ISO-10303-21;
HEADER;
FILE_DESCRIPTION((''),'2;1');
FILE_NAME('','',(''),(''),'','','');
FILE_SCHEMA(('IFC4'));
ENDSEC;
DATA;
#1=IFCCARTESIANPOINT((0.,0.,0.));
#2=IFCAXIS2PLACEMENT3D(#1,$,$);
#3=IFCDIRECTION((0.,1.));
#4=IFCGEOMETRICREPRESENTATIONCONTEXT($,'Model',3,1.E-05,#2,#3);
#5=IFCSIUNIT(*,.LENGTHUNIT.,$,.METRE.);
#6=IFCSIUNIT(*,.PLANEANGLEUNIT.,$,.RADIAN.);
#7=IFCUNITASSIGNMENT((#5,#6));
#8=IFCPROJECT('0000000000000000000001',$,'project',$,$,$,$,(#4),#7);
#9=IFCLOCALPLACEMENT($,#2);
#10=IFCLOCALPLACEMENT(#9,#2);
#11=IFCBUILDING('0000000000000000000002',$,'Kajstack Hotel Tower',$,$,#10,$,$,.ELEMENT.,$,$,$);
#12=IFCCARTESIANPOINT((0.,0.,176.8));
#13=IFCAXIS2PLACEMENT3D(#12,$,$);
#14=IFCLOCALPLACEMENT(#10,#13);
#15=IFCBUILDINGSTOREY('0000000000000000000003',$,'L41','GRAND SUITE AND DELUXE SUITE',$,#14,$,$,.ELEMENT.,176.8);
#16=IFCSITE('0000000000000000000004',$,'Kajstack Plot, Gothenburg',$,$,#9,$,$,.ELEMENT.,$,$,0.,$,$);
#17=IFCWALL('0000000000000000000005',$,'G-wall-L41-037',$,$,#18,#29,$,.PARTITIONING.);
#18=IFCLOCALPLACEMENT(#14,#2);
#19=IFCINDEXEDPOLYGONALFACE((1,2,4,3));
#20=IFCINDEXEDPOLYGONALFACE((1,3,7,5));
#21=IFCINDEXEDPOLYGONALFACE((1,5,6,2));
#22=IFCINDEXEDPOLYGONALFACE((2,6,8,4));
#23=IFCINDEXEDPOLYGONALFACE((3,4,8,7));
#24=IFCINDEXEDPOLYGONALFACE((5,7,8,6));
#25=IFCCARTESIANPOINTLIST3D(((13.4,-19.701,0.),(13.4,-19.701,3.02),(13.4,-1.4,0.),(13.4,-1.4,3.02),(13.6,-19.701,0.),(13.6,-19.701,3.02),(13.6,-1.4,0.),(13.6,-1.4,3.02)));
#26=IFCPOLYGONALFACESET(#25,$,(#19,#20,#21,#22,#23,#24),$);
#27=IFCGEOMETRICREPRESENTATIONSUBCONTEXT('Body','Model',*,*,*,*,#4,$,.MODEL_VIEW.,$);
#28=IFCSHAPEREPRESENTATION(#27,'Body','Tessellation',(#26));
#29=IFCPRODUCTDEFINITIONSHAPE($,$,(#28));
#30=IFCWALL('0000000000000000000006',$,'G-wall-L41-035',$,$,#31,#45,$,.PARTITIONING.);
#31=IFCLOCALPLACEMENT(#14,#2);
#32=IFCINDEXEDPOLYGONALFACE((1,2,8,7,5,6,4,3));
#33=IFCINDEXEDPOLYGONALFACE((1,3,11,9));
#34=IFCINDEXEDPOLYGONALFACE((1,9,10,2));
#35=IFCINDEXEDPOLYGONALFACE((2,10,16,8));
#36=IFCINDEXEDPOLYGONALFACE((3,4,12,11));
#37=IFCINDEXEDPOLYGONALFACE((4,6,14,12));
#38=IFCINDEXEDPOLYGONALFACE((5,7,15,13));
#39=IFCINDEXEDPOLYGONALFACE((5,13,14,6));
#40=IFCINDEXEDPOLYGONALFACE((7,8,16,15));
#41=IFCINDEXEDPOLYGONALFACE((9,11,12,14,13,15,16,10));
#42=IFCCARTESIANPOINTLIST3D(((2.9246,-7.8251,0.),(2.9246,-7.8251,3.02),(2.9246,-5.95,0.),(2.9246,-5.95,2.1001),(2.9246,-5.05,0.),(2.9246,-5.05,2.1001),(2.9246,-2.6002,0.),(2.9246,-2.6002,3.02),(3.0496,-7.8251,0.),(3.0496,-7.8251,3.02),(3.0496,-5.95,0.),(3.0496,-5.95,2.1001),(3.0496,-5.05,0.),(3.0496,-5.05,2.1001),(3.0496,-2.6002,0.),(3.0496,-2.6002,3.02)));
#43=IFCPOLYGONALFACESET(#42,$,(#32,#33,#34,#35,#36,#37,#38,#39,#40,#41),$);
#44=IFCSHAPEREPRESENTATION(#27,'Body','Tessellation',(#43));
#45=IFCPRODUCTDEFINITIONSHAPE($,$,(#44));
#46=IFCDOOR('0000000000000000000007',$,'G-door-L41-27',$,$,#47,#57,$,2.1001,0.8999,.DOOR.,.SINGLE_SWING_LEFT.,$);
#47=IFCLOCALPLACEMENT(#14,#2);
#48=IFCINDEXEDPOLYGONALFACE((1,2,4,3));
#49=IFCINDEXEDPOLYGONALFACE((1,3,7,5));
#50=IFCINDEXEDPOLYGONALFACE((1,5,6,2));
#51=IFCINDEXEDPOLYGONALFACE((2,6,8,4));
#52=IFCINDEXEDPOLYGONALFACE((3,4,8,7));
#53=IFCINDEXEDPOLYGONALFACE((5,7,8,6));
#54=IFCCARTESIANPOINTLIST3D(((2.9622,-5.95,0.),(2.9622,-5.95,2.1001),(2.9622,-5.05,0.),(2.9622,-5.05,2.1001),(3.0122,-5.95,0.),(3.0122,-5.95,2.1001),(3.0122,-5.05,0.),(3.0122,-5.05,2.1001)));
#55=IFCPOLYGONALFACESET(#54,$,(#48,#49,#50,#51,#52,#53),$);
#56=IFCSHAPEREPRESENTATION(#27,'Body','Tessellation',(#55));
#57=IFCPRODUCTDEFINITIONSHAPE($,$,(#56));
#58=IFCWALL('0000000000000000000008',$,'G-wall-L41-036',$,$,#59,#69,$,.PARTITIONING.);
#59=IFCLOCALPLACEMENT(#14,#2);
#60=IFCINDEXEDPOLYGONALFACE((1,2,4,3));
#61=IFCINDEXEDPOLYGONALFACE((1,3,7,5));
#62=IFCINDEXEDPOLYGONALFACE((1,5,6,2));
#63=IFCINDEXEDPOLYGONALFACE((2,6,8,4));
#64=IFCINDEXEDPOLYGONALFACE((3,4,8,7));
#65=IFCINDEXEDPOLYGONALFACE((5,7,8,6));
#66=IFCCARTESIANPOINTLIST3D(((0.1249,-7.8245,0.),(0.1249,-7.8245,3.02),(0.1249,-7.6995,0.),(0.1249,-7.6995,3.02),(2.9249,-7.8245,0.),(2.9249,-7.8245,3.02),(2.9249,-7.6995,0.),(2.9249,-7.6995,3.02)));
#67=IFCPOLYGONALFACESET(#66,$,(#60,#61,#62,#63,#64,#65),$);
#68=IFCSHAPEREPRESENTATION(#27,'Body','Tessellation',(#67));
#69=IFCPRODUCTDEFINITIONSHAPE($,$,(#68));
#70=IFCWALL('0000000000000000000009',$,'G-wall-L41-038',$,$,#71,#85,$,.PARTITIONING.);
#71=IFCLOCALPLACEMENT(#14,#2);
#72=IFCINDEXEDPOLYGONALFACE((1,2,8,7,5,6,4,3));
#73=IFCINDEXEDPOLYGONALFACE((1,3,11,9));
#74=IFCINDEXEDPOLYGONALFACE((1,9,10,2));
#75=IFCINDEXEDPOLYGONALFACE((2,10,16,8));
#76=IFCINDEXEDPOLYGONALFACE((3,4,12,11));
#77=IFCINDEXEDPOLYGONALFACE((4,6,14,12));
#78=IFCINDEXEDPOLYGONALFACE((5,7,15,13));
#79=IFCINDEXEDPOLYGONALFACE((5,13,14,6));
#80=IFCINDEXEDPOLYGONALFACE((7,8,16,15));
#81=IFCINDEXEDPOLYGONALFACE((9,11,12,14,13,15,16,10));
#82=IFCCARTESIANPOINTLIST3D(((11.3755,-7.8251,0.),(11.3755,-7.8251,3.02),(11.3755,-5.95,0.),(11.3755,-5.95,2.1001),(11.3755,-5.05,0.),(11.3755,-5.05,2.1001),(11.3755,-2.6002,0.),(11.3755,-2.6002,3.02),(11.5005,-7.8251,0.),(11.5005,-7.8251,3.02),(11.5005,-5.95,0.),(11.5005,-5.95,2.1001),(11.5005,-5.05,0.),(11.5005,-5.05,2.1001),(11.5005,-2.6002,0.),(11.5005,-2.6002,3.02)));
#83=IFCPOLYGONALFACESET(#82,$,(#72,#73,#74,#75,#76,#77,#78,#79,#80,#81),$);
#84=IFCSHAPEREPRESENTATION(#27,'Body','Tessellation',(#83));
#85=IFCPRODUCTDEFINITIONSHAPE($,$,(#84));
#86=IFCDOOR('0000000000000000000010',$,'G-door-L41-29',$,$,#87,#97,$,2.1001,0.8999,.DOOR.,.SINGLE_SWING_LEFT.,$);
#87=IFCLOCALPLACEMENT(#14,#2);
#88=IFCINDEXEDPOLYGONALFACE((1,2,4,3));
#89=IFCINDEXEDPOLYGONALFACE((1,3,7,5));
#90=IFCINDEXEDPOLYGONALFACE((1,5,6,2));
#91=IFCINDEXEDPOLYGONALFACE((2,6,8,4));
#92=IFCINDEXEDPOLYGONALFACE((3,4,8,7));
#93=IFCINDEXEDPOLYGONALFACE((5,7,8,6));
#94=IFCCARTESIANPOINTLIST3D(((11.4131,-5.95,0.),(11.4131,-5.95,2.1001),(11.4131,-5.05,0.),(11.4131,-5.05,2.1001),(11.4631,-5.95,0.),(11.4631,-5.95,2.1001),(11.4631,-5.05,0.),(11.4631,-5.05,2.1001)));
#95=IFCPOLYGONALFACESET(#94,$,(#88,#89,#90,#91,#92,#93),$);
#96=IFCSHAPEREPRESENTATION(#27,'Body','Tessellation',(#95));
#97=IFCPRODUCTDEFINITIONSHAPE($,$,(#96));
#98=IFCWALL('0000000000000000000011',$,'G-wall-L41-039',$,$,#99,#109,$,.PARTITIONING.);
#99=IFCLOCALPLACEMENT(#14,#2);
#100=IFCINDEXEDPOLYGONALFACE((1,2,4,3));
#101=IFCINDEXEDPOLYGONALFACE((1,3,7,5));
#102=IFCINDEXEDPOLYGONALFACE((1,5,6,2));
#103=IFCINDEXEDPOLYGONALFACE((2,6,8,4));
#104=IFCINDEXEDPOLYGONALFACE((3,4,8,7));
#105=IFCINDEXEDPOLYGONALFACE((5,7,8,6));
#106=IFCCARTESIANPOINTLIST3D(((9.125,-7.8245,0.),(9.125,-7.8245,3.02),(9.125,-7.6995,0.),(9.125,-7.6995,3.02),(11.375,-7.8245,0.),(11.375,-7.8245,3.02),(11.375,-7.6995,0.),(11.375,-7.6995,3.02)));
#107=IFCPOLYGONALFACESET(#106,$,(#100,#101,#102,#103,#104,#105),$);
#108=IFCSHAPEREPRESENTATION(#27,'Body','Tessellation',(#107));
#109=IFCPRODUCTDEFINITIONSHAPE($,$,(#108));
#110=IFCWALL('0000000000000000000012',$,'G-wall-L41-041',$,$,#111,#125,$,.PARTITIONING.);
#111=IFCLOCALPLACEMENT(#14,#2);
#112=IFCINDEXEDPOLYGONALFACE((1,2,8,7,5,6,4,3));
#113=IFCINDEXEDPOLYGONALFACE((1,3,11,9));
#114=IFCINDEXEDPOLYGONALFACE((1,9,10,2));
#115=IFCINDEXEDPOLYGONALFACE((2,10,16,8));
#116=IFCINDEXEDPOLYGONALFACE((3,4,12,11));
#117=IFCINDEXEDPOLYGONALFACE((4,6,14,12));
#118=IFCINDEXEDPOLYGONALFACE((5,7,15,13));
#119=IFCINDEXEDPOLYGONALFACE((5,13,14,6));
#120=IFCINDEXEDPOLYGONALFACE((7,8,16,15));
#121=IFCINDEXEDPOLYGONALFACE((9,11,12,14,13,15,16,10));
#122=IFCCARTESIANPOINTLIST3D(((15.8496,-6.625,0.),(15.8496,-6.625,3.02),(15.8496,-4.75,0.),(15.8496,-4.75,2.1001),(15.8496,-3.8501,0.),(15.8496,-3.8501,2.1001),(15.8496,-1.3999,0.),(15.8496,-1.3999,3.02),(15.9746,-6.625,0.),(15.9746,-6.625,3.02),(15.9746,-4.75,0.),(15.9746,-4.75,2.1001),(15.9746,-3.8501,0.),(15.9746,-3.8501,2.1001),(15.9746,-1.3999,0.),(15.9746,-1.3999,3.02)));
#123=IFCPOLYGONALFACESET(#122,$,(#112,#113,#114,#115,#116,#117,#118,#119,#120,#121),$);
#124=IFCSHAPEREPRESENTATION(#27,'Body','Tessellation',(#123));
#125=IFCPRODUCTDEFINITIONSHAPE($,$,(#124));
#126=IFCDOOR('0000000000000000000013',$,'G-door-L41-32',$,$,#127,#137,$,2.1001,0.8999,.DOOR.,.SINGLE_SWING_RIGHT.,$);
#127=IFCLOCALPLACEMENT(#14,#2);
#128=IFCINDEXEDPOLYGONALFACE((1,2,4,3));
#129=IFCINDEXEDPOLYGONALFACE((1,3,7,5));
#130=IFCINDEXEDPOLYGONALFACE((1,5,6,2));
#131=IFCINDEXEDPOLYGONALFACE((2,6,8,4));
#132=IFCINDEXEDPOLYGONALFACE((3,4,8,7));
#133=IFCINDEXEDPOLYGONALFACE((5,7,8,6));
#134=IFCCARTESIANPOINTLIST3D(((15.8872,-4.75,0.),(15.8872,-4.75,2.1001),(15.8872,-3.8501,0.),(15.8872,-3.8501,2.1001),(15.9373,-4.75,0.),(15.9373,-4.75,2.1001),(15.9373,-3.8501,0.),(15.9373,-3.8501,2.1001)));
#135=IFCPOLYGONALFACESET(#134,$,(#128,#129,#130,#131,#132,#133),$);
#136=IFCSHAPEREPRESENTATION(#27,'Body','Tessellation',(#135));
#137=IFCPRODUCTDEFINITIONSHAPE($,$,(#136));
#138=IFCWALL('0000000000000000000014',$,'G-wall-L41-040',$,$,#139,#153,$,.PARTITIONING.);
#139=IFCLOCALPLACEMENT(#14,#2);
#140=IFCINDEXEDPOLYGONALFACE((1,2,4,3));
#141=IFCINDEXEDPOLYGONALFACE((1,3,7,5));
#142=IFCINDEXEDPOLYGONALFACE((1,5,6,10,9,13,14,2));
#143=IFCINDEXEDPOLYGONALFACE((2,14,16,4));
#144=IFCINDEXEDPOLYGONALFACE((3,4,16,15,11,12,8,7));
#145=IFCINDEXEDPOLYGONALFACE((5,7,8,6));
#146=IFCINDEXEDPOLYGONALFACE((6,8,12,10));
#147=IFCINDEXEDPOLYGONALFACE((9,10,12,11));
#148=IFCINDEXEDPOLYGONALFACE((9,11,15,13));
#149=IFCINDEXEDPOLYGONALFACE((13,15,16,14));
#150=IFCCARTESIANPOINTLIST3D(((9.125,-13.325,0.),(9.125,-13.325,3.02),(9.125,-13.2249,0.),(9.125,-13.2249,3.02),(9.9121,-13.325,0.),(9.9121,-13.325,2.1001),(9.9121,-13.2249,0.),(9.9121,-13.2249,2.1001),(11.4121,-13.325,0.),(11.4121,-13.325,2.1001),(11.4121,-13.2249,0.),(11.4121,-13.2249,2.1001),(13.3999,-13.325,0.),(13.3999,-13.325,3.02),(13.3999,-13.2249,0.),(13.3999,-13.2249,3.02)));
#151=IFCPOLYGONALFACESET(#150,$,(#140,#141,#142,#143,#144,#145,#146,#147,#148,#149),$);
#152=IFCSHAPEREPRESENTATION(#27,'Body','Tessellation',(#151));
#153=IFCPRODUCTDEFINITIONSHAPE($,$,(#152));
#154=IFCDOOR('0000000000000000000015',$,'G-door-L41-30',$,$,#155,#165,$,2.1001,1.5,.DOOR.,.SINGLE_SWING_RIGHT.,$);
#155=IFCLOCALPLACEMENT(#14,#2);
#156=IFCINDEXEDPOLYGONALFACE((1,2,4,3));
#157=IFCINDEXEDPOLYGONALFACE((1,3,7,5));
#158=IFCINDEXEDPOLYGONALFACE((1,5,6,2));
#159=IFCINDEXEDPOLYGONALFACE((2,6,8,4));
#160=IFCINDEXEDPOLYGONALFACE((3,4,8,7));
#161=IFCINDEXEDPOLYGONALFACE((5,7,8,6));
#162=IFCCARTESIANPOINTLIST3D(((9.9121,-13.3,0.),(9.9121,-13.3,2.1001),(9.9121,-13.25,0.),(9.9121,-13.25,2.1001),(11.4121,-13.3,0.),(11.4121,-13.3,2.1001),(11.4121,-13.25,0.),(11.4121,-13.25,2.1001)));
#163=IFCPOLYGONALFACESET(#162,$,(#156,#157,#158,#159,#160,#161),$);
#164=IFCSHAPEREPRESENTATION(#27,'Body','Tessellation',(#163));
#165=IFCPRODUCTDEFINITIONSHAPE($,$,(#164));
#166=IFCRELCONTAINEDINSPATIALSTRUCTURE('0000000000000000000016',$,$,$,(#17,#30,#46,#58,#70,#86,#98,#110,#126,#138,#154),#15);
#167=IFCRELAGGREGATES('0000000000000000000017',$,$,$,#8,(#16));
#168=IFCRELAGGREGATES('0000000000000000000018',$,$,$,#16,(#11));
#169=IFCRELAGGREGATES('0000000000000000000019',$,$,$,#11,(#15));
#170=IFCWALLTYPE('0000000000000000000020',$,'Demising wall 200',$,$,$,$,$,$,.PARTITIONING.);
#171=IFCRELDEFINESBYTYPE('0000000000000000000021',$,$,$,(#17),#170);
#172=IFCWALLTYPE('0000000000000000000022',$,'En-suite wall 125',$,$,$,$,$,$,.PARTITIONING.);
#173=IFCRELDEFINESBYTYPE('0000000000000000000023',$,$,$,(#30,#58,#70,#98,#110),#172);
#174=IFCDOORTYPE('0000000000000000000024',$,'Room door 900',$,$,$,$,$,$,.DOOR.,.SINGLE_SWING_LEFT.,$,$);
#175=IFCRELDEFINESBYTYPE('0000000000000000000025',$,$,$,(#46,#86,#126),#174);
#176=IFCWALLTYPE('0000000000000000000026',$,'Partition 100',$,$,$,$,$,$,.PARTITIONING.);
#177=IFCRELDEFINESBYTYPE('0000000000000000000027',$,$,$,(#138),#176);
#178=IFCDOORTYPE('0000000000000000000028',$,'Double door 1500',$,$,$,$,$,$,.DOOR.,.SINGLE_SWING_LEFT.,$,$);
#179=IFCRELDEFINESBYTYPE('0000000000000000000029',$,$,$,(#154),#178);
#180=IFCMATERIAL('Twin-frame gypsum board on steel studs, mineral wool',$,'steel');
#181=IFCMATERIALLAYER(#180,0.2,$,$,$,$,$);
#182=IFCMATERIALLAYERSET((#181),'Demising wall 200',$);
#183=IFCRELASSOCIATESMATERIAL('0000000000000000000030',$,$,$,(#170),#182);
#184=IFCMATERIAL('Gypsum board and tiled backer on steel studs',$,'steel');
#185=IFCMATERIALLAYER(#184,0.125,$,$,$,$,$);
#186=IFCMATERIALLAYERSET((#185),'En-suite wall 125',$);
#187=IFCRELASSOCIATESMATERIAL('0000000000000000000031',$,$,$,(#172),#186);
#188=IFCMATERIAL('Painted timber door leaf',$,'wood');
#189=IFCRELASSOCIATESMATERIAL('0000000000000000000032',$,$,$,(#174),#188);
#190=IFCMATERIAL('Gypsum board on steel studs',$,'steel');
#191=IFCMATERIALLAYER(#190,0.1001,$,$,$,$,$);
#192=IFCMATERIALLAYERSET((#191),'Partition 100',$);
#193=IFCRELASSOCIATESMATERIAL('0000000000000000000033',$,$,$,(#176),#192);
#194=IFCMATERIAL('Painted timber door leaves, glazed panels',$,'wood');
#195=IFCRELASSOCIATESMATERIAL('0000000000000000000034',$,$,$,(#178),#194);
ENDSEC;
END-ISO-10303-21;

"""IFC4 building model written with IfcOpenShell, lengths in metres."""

from ifc_helpers import new_model, si_unit, direction, frame, frame_2d, origin, place, context, subcontext, project, spatial, rectangle, extrude, material, layer, layer_set, type_object, element, fill, save


model = new_model("IFC4")

# Units and contexts
model_context = context("Model", 3, precision=1e-05, world=origin(), true_north=direction((0.0, 1.0)))
body_context = subcontext(model_context, "Body", "Model", "MODEL_VIEW")
ifc_project = project(units=[si_unit("LENGTHUNIT", "METRE"), si_unit("PLANEANGLEUNIT", "RADIAN")], contexts=[model_context])

# Site, building, storey
site_placement = place(None, origin())
site = spatial("IfcSite", under=ifc_project, at=site_placement, Name="Kajstack Plot, Gothenburg", CompositionType="ELEMENT", RefElevation=0.0)
building_placement = place(site_placement, origin())
building = spatial("IfcBuilding", under=site, at=building_placement, Name="Kajstack Hotel Tower", CompositionType="ELEMENT")
storey_placement = place(building_placement, frame((0.0, 0.0, 176.8)))
storey = spatial("IfcBuildingStorey", under=building, at=storey_placement, Name="L41", Description="GRAND SUITE AND DELUXE SUITE", CompositionType="ELEMENT", Elevation=176.8)

# Wall
ifc_material_1 = material(Name="Twin-frame gypsum board on steel studs, mineral wool", Category="steel")
ifc_layer_1 = layer(ifc_material_1, 0.2)
ifc_layer_set_1 = layer_set([ifc_layer_1], Name="Demising wall 200")
wall_type_1 = type_object("IfcWallType", Name="Demising wall 200", PredefinedType="PARTITIONING", material=ifc_layer_set_1)
wall_1_placement = place(storey_placement, frame((13.5, -19.7009, 0.0), z_axis=(0.0, 0.0, 1.0), x_axis=(0.0, 1.0, 0.0)))
element("IfcWall", 1, at=wall_1_placement, inside=storey, type_object=wall_type_1, Name="G-wall-L41-037", PredefinedType="PARTITIONING", context=body_context, shape_type="SweptSolid", body=[
    extrude(rectangle(XDim=18.301, YDim=0.2, at=frame_2d((9.1504, 0.0))), origin(), (0.0, 0.0, 1.0), 3.02),
])

# Wall, opening, door
ifc_material_2 = material(Name="Gypsum board and tiled backer on steel studs", Category="steel")
ifc_layer_2 = layer(ifc_material_2, 0.125)
ifc_layer_set_2 = layer_set([ifc_layer_2], Name="En-suite wall 125")
wall_type_2 = type_object("IfcWallType", Name="En-suite wall 125", PredefinedType="PARTITIONING", material=ifc_layer_set_2)
wall_2_placement = place(storey_placement, frame((2.9871, -7.825, 0.0), z_axis=(0.0, 0.0, 1.0), x_axis=(0.0, 1.0, 0.0)))
wall_2 = element("IfcWall", 2, at=wall_2_placement, inside=storey, type_object=wall_type_2, Name="G-wall-L41-035", PredefinedType="PARTITIONING", context=body_context, shape_type="SweptSolid", body=[
    extrude(rectangle(XDim=5.2249, YDim=0.125, at=frame_2d((2.6123, 0.0))), origin(), (0.0, 0.0, 1.0), 3.02),
])
opening_1_placement = place(wall_2_placement, frame((1.875, 0.0, 0.0)))
opening_1 = element("IfcOpeningElement", 3, at=opening_1_placement, cuts=wall_2, PredefinedType="OPENING", context=body_context, shape_type="SweptSolid", body=[
    extrude(rectangle(XDim=0.8999, YDim=2.1001, at=frame_2d((0.45, 1.05))), frame((0.0, 0.0725, 0.0), z_axis=(0.0, -1.0, 0.0), x_axis=(1.0, 0.0, 0.0)), (0.0, 0.0, 1.0), 0.145),
])
ifc_material_3 = material(Name="Painted timber door leaf", Category="wood")
door_type_1 = type_object("IfcDoorType", Name="Room door 900", OperationType="SINGLE_SWING_LEFT", PredefinedType="DOOR", material=ifc_material_3)
door_1_placement = place(opening_1_placement, origin())
door_1 = element("IfcDoor", 4, at=door_1_placement, inside=storey, type_object=door_type_1, Name="G-door-L41-27", OperationType="SINGLE_SWING_LEFT", OverallHeight=2.1001, OverallWidth=0.8999, PredefinedType="DOOR", context=body_context, shape_type="SweptSolid", body=[
    extrude(rectangle(XDim=0.8999, YDim=2.1001, at=frame_2d((0.45, 1.05))), frame((0.0, 0.0249, 0.0), z_axis=(0.0, -1.0, 0.0), x_axis=(1.0, 0.0, 0.0)), (0.0, 0.0, 1.0), 0.05),
])
fill(opening_1, door_1)

# Wall
wall_3_placement = place(storey_placement, frame((0.125, -7.762, 0.0), z_axis=(0.0, 0.0, 1.0), x_axis=(1.0, 0.0, 0.0)))
element("IfcWall", 5, at=wall_3_placement, inside=storey, type_object=wall_type_2, Name="G-wall-L41-036", PredefinedType="PARTITIONING", context=body_context, shape_type="SweptSolid", body=[
    extrude(rectangle(XDim=2.8, YDim=0.125, at=frame_2d((1.3999, 0.0))), origin(), (0.0, 0.0, 1.0), 3.02),
])

# Wall, opening, door
wall_4_placement = place(storey_placement, frame((11.438, -7.825, 0.0), z_axis=(0.0, 0.0, 1.0), x_axis=(0.0, 1.0, 0.0)))
wall_4 = element("IfcWall", 6, at=wall_4_placement, inside=storey, type_object=wall_type_2, Name="G-wall-L41-038", PredefinedType="PARTITIONING", context=body_context, shape_type="SweptSolid", body=[
    extrude(rectangle(XDim=5.2249, YDim=0.125, at=frame_2d((2.6123, 0.0))), origin(), (0.0, 0.0, 1.0), 3.02),
])
opening_2_placement = place(wall_4_placement, frame((1.875, 0.0, 0.0)))
opening_2 = element("IfcOpeningElement", 7, at=opening_2_placement, cuts=wall_4, PredefinedType="OPENING", context=body_context, shape_type="SweptSolid", body=[
    extrude(rectangle(XDim=0.8999, YDim=2.1001, at=frame_2d((0.45, 1.05))), frame((0.0, 0.0725, 0.0), z_axis=(0.0, -1.0, 0.0), x_axis=(1.0, 0.0, 0.0)), (0.0, 0.0, 1.0), 0.145),
])
door_2_placement = place(opening_2_placement, origin())
door_2 = element("IfcDoor", 8, at=door_2_placement, inside=storey, type_object=door_type_1, Name="G-door-L41-29", OperationType="SINGLE_SWING_LEFT", OverallHeight=2.1001, OverallWidth=0.8999, PredefinedType="DOOR", context=body_context, shape_type="SweptSolid", body=[
    extrude(rectangle(XDim=0.8999, YDim=2.1001, at=frame_2d((0.45, 1.05))), frame((0.0, 0.0249, 0.0), z_axis=(0.0, -1.0, 0.0), x_axis=(1.0, 0.0, 0.0)), (0.0, 0.0, 1.0), 0.05),
])
fill(opening_2, door_2)

# Wall
wall_5_placement = place(storey_placement, frame((9.125, -7.762, 0.0), z_axis=(0.0, 0.0, 1.0), x_axis=(1.0, 0.0, 0.0)))
element("IfcWall", 9, at=wall_5_placement, inside=storey, type_object=wall_type_2, Name="G-wall-L41-039", PredefinedType="PARTITIONING", context=body_context, shape_type="SweptSolid", body=[
    extrude(rectangle(XDim=2.25, YDim=0.125, at=frame_2d((1.125, 0.0))), origin(), (0.0, 0.0, 1.0), 3.02),
])

# Walls, openings, doors
wall_6_placement = place(storey_placement, frame((15.9121, -6.625, 0.0), z_axis=(0.0, 0.0, 1.0), x_axis=(0.0, 1.0, 0.0)))
wall_6 = element("IfcWall", 10, at=wall_6_placement, inside=storey, type_object=wall_type_2, Name="G-wall-L41-041", PredefinedType="PARTITIONING", context=body_context, shape_type="SweptSolid", body=[
    extrude(rectangle(XDim=5.2251, YDim=0.125, at=frame_2d((2.6125, 0.0))), origin(), (0.0, 0.0, 1.0), 3.02),
])
opening_3_placement = place(wall_6_placement, frame((1.875, 0.0, 0.0)))
opening_3 = element("IfcOpeningElement", 11, at=opening_3_placement, cuts=wall_6, PredefinedType="OPENING", context=body_context, shape_type="SweptSolid", body=[
    extrude(rectangle(XDim=0.8999, YDim=2.1001, at=frame_2d((0.45, 1.05))), frame((0.0, 0.0725, 0.0), z_axis=(0.0, -1.0, 0.0), x_axis=(1.0, 0.0, 0.0)), (0.0, 0.0, 1.0), 0.145),
])
door_3_placement = place(opening_3_placement, origin())
door_3 = element("IfcDoor", 12, at=door_3_placement, inside=storey, type_object=door_type_1, Name="G-door-L41-32", OperationType="SINGLE_SWING_RIGHT", OverallHeight=2.1001, OverallWidth=0.8999, PredefinedType="DOOR", context=body_context, shape_type="SweptSolid", body=[
    extrude(rectangle(XDim=0.8999, YDim=2.1001, at=frame_2d((0.45, 1.05))), frame((0.0, 0.0249, 0.0), z_axis=(0.0, -1.0, 0.0), x_axis=(1.0, 0.0, 0.0)), (0.0, 0.0, 1.0), 0.05),
])
fill(opening_3, door_3)
ifc_material_4 = material(Name="Gypsum board on steel studs", Category="steel")
ifc_layer_3 = layer(ifc_material_4, 0.1001)
ifc_layer_set_3 = layer_set([ifc_layer_3], Name="Partition 100")
wall_type_3 = type_object("IfcWallType", Name="Partition 100", PredefinedType="PARTITIONING", material=ifc_layer_set_3)
wall_7_placement = place(storey_placement, frame((9.125, -13.2749, 0.0), z_axis=(0.0, 0.0, 1.0), x_axis=(1.0, 0.0, 0.0)))
wall_7 = element("IfcWall", 13, at=wall_7_placement, inside=storey, type_object=wall_type_3, Name="G-wall-L41-040", PredefinedType="PARTITIONING", context=body_context, shape_type="SweptSolid", body=[
    extrude(rectangle(XDim=4.2749, YDim=0.1001, at=frame_2d((2.1375, 0.0))), origin(), (0.0, 0.0, 1.0), 3.02),
])
opening_4_placement = place(wall_7_placement, frame((0.7871, 0.0, 0.0)))
opening_4 = element("IfcOpeningElement", 14, at=opening_4_placement, cuts=wall_7, PredefinedType="OPENING", context=body_context, shape_type="SweptSolid", body=[
    extrude(rectangle(XDim=1.5, YDim=2.1001, at=frame_2d((0.75, 1.05))), frame((0.0, 0.0601, 0.0), z_axis=(0.0, -1.0, 0.0), x_axis=(1.0, 0.0, 0.0)), (0.0, 0.0, 1.0), 0.1201),
])
ifc_material_5 = material(Name="Painted timber door leaves, glazed panels", Category="wood")
door_type_2 = type_object("IfcDoorType", Name="Double door 1500", OperationType="SINGLE_SWING_LEFT", PredefinedType="DOOR", material=ifc_material_5)
door_4_placement = place(opening_4_placement, origin())
door_4 = element("IfcDoor", 15, at=door_4_placement, inside=storey, type_object=door_type_2, Name="G-door-L41-30", OperationType="SINGLE_SWING_RIGHT", OverallHeight=2.1001, OverallWidth=1.5, PredefinedType="DOOR", context=body_context, shape_type="SweptSolid", body=[
    extrude(rectangle(XDim=1.5, YDim=2.1001, at=frame_2d((0.75, 1.05))), frame((0.0, 0.0249, 0.0), z_axis=(0.0, -1.0, 0.0), x_axis=(1.0, 0.0, 0.0)), (0.0, 0.0, 1.0), 0.05),
])
fill(opening_4, door_4)

save(model, "model.ifc")
